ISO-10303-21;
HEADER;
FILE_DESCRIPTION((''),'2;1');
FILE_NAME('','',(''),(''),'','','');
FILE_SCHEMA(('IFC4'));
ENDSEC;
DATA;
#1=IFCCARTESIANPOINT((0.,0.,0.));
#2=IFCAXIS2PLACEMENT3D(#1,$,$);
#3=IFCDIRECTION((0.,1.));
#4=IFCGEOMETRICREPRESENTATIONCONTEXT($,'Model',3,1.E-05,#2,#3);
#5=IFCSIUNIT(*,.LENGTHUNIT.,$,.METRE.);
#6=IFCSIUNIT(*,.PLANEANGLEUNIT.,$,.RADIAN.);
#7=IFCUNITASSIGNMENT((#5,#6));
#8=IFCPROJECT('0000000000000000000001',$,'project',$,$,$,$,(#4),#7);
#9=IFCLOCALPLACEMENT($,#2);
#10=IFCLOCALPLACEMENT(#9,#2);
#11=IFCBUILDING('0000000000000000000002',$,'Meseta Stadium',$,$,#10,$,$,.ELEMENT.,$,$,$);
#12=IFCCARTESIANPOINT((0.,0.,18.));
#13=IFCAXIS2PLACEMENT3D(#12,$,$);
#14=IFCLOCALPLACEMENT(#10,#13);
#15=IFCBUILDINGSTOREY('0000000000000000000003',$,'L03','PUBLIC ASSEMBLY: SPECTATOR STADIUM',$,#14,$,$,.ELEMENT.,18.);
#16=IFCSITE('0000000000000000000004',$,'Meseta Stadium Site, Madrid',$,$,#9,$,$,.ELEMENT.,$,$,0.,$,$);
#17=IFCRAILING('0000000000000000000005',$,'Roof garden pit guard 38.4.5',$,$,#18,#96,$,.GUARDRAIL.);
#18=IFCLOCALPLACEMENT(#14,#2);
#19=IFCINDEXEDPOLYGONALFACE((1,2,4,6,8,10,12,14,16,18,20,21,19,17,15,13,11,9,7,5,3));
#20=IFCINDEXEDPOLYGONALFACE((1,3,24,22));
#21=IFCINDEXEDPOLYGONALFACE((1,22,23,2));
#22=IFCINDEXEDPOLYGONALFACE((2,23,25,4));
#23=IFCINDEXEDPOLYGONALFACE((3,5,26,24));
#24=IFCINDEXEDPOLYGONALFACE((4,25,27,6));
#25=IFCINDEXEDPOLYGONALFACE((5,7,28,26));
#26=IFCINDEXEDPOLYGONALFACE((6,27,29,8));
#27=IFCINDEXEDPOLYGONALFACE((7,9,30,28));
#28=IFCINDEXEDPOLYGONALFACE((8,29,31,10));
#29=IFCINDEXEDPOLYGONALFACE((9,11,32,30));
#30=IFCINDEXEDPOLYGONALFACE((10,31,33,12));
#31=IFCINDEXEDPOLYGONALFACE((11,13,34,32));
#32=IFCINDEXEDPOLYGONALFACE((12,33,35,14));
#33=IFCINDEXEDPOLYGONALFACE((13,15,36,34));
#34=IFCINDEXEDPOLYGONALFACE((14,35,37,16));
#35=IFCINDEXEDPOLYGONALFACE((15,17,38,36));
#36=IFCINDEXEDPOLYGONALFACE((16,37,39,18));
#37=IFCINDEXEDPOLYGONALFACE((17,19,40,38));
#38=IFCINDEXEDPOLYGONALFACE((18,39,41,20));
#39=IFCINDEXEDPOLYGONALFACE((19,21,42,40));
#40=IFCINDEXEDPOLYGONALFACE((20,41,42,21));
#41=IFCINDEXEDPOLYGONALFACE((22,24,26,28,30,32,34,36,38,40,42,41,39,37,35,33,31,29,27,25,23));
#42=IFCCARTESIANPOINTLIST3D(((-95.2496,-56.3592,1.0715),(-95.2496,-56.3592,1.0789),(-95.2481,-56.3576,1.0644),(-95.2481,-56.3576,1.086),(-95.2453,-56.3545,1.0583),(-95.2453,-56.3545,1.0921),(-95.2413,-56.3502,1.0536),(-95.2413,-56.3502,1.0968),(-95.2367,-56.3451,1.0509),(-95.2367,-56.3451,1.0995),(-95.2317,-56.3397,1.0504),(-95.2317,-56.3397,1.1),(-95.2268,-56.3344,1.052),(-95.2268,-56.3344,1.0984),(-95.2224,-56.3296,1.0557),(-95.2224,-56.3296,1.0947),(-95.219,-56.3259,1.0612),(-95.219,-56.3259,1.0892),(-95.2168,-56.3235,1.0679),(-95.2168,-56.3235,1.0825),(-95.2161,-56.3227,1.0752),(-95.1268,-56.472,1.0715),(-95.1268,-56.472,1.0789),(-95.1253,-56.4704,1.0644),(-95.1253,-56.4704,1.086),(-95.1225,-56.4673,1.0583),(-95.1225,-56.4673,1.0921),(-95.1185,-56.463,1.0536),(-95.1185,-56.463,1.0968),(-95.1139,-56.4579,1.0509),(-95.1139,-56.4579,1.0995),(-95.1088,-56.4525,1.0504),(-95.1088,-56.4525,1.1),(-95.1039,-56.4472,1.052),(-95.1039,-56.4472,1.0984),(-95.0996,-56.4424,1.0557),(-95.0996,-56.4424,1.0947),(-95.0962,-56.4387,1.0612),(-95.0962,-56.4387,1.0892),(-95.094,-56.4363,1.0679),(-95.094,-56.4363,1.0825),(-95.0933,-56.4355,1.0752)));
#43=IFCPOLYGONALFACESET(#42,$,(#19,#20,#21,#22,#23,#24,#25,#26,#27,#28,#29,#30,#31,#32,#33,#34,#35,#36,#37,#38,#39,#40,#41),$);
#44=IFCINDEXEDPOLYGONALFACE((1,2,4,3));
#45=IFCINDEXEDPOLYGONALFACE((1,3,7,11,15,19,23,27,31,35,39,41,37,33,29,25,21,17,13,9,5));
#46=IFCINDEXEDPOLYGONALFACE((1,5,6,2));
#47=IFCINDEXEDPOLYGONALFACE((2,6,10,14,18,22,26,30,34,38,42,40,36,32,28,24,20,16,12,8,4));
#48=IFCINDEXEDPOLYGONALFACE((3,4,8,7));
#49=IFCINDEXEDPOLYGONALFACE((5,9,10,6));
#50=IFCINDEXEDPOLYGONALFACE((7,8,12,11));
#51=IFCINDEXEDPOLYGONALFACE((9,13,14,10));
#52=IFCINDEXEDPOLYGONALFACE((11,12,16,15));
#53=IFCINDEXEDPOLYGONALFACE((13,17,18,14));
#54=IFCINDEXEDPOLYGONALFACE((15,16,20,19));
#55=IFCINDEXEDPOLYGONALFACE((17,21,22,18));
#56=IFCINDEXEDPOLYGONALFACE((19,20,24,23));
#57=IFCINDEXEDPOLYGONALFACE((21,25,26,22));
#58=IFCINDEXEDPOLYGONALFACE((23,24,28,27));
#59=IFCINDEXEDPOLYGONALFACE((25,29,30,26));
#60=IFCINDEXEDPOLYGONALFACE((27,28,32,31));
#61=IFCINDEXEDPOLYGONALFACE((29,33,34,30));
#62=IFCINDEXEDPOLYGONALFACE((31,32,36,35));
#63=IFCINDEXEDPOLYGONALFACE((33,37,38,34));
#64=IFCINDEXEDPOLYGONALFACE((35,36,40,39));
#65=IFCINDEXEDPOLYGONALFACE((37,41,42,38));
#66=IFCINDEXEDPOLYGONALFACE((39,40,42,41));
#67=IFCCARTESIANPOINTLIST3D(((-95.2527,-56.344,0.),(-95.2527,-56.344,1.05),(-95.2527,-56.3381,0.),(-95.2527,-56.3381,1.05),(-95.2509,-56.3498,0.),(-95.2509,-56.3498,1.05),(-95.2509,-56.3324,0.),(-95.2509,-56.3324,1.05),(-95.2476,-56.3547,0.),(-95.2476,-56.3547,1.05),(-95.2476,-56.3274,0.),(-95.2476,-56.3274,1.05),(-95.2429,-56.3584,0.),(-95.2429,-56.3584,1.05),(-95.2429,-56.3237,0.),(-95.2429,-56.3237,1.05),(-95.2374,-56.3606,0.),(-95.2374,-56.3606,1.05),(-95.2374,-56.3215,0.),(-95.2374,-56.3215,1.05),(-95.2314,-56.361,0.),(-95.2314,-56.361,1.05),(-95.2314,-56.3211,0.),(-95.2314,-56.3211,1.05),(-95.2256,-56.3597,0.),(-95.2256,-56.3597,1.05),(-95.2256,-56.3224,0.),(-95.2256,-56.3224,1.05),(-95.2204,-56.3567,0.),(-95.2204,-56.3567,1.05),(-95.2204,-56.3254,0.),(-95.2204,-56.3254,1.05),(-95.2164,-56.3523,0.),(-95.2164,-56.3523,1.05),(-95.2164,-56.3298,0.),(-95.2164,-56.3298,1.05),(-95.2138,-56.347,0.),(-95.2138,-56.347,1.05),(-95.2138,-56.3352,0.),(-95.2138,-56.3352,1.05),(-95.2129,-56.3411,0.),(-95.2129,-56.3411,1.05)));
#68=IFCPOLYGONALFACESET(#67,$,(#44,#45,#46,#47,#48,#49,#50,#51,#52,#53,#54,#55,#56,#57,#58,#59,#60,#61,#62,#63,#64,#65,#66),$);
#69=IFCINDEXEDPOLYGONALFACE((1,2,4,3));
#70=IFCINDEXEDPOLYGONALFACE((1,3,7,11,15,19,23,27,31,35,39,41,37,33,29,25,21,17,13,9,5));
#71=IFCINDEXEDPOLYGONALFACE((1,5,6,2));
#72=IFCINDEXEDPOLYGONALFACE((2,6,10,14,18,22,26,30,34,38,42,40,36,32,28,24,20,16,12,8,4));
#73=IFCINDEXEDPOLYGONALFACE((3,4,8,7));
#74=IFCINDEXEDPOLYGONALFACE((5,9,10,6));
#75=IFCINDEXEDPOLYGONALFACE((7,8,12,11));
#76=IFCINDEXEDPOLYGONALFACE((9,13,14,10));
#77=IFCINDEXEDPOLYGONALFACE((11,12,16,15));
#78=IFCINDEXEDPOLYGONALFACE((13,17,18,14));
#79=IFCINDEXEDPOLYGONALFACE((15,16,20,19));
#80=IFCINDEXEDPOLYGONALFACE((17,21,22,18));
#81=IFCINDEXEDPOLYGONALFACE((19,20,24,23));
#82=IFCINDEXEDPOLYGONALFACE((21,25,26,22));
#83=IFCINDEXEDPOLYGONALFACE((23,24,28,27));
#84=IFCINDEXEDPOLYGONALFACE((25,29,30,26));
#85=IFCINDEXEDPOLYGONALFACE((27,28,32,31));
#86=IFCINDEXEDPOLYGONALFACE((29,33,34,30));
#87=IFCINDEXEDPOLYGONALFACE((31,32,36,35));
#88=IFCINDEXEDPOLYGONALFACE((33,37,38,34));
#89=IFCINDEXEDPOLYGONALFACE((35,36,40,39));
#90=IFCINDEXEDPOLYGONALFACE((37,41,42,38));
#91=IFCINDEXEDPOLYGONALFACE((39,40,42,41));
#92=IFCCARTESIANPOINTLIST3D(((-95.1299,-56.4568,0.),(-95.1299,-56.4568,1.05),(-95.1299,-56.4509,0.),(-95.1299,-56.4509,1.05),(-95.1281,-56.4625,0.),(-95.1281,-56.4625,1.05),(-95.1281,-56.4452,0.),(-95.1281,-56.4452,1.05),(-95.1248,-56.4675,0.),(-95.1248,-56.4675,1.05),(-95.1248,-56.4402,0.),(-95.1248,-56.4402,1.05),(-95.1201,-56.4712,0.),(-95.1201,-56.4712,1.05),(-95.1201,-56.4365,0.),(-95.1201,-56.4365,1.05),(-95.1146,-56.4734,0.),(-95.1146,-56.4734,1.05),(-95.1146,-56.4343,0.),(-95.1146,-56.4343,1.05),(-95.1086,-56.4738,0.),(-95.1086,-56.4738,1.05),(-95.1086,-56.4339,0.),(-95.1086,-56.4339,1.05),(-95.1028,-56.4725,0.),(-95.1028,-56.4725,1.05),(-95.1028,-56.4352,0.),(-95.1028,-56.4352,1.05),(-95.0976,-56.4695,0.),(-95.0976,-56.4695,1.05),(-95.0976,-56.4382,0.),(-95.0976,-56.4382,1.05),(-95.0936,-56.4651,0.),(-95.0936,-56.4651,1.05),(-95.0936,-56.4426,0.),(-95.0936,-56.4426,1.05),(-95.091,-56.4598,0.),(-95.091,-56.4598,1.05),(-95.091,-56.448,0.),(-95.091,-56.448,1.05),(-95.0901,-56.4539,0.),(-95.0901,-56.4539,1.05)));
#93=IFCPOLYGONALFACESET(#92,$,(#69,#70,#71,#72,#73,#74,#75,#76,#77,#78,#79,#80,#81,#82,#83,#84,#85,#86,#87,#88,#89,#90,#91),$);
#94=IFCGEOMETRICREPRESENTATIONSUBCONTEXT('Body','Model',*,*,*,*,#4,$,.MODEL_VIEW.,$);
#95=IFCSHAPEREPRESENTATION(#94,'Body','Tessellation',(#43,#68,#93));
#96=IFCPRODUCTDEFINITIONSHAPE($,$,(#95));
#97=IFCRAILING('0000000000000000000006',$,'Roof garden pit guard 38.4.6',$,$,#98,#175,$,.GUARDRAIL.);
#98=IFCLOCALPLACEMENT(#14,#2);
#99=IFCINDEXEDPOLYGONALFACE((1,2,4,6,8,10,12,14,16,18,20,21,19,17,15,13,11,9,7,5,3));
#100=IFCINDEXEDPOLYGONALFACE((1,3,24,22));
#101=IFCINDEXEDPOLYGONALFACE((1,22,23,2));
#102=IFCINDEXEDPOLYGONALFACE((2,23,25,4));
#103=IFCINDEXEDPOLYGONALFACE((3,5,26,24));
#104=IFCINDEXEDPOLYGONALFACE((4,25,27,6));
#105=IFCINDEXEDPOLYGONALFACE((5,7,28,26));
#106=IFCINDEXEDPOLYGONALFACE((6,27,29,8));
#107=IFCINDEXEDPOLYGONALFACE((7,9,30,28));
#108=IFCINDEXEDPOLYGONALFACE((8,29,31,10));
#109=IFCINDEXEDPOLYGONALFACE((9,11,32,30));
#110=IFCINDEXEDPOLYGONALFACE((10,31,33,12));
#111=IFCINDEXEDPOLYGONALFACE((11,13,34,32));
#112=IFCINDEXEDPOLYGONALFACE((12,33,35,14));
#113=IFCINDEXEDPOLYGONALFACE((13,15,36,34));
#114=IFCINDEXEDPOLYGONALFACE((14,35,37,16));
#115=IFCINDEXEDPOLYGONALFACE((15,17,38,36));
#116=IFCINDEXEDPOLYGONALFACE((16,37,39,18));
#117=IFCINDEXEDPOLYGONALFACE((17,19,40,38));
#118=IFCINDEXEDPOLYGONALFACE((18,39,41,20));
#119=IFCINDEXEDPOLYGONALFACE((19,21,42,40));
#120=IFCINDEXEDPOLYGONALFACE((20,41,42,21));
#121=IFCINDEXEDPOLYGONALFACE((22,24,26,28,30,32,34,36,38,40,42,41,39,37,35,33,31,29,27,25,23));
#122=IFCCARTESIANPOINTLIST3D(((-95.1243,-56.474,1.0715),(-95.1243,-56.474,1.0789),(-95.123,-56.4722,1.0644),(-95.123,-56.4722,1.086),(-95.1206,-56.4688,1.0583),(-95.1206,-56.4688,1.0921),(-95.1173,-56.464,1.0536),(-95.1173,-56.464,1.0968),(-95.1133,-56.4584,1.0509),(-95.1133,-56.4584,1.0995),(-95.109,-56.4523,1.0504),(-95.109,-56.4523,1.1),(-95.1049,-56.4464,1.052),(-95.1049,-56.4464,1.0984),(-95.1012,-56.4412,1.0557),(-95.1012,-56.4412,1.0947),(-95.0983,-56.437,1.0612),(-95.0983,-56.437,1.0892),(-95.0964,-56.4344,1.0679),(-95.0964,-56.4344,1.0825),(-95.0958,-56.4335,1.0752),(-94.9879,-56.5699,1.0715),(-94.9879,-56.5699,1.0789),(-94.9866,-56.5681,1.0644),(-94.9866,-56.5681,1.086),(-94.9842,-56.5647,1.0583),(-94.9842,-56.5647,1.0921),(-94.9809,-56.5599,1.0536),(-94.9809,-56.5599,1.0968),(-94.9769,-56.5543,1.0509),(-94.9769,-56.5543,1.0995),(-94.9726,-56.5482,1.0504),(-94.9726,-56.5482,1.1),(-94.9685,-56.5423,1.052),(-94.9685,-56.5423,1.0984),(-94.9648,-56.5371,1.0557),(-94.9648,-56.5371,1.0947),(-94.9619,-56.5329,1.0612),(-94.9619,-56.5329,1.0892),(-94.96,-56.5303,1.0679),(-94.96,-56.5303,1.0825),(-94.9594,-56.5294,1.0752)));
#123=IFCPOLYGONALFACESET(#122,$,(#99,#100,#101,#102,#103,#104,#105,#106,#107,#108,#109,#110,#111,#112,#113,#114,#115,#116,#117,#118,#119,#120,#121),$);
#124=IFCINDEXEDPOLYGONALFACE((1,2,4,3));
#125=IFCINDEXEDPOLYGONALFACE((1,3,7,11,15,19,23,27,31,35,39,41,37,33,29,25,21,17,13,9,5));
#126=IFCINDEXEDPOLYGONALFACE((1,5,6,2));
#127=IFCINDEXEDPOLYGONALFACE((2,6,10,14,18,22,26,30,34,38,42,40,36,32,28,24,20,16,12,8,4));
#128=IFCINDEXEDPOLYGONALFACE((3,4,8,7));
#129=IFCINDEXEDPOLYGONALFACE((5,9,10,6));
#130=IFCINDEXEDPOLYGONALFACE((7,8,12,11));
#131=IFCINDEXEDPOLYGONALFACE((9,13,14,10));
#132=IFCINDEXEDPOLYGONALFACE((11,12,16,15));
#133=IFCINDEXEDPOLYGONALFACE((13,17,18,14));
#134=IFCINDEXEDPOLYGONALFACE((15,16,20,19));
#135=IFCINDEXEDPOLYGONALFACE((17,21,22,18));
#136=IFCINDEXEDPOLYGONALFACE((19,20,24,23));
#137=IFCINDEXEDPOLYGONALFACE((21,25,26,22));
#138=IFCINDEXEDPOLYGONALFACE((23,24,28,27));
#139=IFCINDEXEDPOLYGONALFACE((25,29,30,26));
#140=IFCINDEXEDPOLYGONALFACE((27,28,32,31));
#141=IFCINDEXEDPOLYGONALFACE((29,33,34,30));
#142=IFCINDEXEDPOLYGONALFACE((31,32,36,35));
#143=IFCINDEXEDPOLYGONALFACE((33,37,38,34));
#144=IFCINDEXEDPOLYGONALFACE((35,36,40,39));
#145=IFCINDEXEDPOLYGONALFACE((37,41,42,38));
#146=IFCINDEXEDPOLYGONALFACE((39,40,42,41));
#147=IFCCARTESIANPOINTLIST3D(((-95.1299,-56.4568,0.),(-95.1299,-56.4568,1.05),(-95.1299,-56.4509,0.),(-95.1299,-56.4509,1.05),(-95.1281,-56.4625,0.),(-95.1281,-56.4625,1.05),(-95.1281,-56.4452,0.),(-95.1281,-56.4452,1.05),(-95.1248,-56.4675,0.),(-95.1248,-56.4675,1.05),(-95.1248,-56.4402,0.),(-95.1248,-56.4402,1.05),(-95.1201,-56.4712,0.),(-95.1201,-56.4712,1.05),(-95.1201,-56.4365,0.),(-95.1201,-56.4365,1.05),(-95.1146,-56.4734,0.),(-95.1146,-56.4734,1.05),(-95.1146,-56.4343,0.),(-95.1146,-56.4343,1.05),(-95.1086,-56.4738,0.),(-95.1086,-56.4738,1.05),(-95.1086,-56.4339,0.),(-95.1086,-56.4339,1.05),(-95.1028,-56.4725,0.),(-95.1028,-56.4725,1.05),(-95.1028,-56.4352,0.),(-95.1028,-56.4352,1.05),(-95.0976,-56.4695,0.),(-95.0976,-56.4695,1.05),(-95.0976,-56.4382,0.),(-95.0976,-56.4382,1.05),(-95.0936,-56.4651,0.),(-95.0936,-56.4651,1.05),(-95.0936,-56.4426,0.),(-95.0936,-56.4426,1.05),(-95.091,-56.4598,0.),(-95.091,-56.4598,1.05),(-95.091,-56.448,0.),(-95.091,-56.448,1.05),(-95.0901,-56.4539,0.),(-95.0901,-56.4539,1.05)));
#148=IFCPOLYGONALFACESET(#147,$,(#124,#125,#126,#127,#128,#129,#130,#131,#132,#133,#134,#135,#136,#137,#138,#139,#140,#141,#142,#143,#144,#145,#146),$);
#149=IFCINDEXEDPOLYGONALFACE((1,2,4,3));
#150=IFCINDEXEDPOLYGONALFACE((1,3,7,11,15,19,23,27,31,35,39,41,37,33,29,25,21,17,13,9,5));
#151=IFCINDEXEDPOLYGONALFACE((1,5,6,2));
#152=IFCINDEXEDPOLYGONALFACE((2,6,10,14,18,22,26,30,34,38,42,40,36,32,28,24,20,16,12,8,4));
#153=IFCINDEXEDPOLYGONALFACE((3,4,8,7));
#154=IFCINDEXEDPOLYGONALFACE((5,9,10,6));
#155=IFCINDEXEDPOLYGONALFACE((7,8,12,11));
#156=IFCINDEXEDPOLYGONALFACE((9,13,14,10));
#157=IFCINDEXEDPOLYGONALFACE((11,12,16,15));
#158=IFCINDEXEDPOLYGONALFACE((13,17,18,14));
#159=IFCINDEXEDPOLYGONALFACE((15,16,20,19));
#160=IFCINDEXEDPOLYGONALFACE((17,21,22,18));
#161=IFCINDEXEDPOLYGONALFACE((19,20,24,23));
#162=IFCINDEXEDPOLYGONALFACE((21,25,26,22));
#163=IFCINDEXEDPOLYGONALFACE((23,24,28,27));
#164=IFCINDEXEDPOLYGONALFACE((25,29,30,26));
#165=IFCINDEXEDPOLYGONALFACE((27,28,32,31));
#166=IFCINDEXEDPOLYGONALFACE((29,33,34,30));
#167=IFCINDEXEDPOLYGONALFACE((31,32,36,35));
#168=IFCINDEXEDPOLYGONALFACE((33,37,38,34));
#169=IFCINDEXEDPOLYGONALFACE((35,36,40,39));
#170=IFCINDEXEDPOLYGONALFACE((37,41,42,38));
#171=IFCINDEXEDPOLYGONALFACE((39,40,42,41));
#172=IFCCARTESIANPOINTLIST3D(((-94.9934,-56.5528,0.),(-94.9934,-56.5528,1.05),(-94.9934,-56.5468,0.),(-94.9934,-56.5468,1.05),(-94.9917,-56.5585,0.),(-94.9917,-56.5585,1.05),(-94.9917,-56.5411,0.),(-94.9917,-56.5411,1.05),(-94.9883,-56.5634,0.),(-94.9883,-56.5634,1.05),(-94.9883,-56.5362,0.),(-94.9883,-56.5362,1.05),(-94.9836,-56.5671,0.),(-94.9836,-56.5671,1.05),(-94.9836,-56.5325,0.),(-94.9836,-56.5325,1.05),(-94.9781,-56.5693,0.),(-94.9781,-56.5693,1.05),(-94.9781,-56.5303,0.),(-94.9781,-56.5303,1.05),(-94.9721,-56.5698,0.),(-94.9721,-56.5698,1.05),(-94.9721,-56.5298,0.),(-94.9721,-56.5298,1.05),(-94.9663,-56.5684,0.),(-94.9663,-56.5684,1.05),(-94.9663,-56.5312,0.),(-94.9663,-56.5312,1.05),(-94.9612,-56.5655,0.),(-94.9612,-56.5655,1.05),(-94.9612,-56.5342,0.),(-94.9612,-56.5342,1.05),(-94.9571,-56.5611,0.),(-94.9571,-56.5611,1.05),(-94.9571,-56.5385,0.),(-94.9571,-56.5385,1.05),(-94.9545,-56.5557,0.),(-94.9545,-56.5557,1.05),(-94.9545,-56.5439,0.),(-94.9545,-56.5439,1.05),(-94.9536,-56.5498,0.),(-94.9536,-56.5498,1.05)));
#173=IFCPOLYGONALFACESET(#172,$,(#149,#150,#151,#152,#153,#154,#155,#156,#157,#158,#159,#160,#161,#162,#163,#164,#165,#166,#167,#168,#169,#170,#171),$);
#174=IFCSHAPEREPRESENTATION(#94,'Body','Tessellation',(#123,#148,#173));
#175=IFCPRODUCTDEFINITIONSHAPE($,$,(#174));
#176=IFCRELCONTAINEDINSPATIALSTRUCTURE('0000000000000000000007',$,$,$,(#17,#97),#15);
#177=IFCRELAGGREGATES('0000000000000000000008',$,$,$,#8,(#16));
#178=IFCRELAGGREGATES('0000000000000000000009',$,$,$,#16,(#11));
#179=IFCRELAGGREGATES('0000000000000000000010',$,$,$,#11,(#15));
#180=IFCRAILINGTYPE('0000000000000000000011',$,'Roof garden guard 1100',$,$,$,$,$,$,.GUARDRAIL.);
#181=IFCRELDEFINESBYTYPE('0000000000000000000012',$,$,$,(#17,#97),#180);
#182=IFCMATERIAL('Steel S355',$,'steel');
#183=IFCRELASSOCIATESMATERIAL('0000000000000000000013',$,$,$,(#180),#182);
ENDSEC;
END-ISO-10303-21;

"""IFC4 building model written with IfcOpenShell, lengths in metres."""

from ifc_helpers import new_model, si_unit, direction, frame, origin, origin_2d, place, context, subcontext, project, spatial, circle, extrude, material, type_object, element, save


model = new_model("IFC4")

# Units and contexts
model_context = context("Model", 3, precision=1e-05, world=origin(), true_north=direction((0.0, 1.0)))
body_context = subcontext(model_context, "Body", "Model", "MODEL_VIEW")
ifc_project = project(units=[si_unit("LENGTHUNIT", "METRE"), si_unit("PLANEANGLEUNIT", "RADIAN")], contexts=[model_context])

# Site, building, storey
site_placement = place(None, origin())
site = spatial("IfcSite", under=ifc_project, at=site_placement, Name="Meseta Stadium Site, Madrid", CompositionType="ELEMENT", RefElevation=0.0)
building_placement = place(site_placement, origin())
building = spatial("IfcBuilding", under=site, at=building_placement, Name="Meseta Stadium", CompositionType="ELEMENT")
storey_placement = place(building_placement, frame((0.0, 0.0, 18.0)))
storey = spatial("IfcBuildingStorey", under=building, at=storey_placement, Name="L03", Description="PUBLIC ASSEMBLY: SPECTATOR STADIUM", CompositionType="ELEMENT", Elevation=18.0)

# Railings
ifc_material_1 = material(Name="Steel S355", Category="steel")
railing_type_1 = type_object("IfcRailingType", Name="Roof garden guard 1100", PredefinedType="GUARDRAIL", material=ifc_material_1)
railing_1_placement = place(storey_placement, frame((-95.2329, -56.3411, 0.0)))
element("IfcRailing", 1, at=railing_1_placement, inside=storey, type_object=railing_type_1, Name="Roof garden pit guard 38.4.5", PredefinedType="GUARDRAIL", context=body_context, shape_type="SweptSolid", body=[
    extrude(circle(Radius=0.0249, at=origin_2d()), frame((0.0, 0.0, 1.0752), z_axis=(0.736485, -0.676454, 0.0), x_axis=(0.676454, 0.736485, 0.0)), (0.0, 0.0, 1.0), 0.1667),
    extrude(circle(Radius=0.02, at=origin_2d()), origin(), (0.0, 0.0, 1.0), 1.05),
    extrude(circle(Radius=0.02, at=origin_2d()), frame((0.1228, -0.1128, 0.0)), (0.0, 0.0, 1.0), 1.05),
])
railing_2_placement = place(storey_placement, frame((-95.1101, -56.4539, 0.0)))
element("IfcRailing", 2, at=railing_2_placement, inside=storey, type_object=railing_type_1, Name="Roof garden pit guard 38.4.6", PredefinedType="GUARDRAIL", context=body_context, shape_type="SweptSolid", body=[
    extrude(circle(Radius=0.0249, at=origin_2d()), frame((0.0, 0.0, 1.0752), z_axis=(0.818061, -0.575131, 0.0), x_axis=(0.575131, 0.818061, 0.0)), (0.0, 0.0, 1.0), 0.1667),
    extrude(circle(Radius=0.02, at=origin_2d()), origin(), (0.0, 0.0, 1.0), 1.05),
    extrude(circle(Radius=0.02, at=origin_2d()), frame((0.1365, -0.0959, 0.0)), (0.0, 0.0, 1.0), 1.05),
])

save(model, "model.ifc")
